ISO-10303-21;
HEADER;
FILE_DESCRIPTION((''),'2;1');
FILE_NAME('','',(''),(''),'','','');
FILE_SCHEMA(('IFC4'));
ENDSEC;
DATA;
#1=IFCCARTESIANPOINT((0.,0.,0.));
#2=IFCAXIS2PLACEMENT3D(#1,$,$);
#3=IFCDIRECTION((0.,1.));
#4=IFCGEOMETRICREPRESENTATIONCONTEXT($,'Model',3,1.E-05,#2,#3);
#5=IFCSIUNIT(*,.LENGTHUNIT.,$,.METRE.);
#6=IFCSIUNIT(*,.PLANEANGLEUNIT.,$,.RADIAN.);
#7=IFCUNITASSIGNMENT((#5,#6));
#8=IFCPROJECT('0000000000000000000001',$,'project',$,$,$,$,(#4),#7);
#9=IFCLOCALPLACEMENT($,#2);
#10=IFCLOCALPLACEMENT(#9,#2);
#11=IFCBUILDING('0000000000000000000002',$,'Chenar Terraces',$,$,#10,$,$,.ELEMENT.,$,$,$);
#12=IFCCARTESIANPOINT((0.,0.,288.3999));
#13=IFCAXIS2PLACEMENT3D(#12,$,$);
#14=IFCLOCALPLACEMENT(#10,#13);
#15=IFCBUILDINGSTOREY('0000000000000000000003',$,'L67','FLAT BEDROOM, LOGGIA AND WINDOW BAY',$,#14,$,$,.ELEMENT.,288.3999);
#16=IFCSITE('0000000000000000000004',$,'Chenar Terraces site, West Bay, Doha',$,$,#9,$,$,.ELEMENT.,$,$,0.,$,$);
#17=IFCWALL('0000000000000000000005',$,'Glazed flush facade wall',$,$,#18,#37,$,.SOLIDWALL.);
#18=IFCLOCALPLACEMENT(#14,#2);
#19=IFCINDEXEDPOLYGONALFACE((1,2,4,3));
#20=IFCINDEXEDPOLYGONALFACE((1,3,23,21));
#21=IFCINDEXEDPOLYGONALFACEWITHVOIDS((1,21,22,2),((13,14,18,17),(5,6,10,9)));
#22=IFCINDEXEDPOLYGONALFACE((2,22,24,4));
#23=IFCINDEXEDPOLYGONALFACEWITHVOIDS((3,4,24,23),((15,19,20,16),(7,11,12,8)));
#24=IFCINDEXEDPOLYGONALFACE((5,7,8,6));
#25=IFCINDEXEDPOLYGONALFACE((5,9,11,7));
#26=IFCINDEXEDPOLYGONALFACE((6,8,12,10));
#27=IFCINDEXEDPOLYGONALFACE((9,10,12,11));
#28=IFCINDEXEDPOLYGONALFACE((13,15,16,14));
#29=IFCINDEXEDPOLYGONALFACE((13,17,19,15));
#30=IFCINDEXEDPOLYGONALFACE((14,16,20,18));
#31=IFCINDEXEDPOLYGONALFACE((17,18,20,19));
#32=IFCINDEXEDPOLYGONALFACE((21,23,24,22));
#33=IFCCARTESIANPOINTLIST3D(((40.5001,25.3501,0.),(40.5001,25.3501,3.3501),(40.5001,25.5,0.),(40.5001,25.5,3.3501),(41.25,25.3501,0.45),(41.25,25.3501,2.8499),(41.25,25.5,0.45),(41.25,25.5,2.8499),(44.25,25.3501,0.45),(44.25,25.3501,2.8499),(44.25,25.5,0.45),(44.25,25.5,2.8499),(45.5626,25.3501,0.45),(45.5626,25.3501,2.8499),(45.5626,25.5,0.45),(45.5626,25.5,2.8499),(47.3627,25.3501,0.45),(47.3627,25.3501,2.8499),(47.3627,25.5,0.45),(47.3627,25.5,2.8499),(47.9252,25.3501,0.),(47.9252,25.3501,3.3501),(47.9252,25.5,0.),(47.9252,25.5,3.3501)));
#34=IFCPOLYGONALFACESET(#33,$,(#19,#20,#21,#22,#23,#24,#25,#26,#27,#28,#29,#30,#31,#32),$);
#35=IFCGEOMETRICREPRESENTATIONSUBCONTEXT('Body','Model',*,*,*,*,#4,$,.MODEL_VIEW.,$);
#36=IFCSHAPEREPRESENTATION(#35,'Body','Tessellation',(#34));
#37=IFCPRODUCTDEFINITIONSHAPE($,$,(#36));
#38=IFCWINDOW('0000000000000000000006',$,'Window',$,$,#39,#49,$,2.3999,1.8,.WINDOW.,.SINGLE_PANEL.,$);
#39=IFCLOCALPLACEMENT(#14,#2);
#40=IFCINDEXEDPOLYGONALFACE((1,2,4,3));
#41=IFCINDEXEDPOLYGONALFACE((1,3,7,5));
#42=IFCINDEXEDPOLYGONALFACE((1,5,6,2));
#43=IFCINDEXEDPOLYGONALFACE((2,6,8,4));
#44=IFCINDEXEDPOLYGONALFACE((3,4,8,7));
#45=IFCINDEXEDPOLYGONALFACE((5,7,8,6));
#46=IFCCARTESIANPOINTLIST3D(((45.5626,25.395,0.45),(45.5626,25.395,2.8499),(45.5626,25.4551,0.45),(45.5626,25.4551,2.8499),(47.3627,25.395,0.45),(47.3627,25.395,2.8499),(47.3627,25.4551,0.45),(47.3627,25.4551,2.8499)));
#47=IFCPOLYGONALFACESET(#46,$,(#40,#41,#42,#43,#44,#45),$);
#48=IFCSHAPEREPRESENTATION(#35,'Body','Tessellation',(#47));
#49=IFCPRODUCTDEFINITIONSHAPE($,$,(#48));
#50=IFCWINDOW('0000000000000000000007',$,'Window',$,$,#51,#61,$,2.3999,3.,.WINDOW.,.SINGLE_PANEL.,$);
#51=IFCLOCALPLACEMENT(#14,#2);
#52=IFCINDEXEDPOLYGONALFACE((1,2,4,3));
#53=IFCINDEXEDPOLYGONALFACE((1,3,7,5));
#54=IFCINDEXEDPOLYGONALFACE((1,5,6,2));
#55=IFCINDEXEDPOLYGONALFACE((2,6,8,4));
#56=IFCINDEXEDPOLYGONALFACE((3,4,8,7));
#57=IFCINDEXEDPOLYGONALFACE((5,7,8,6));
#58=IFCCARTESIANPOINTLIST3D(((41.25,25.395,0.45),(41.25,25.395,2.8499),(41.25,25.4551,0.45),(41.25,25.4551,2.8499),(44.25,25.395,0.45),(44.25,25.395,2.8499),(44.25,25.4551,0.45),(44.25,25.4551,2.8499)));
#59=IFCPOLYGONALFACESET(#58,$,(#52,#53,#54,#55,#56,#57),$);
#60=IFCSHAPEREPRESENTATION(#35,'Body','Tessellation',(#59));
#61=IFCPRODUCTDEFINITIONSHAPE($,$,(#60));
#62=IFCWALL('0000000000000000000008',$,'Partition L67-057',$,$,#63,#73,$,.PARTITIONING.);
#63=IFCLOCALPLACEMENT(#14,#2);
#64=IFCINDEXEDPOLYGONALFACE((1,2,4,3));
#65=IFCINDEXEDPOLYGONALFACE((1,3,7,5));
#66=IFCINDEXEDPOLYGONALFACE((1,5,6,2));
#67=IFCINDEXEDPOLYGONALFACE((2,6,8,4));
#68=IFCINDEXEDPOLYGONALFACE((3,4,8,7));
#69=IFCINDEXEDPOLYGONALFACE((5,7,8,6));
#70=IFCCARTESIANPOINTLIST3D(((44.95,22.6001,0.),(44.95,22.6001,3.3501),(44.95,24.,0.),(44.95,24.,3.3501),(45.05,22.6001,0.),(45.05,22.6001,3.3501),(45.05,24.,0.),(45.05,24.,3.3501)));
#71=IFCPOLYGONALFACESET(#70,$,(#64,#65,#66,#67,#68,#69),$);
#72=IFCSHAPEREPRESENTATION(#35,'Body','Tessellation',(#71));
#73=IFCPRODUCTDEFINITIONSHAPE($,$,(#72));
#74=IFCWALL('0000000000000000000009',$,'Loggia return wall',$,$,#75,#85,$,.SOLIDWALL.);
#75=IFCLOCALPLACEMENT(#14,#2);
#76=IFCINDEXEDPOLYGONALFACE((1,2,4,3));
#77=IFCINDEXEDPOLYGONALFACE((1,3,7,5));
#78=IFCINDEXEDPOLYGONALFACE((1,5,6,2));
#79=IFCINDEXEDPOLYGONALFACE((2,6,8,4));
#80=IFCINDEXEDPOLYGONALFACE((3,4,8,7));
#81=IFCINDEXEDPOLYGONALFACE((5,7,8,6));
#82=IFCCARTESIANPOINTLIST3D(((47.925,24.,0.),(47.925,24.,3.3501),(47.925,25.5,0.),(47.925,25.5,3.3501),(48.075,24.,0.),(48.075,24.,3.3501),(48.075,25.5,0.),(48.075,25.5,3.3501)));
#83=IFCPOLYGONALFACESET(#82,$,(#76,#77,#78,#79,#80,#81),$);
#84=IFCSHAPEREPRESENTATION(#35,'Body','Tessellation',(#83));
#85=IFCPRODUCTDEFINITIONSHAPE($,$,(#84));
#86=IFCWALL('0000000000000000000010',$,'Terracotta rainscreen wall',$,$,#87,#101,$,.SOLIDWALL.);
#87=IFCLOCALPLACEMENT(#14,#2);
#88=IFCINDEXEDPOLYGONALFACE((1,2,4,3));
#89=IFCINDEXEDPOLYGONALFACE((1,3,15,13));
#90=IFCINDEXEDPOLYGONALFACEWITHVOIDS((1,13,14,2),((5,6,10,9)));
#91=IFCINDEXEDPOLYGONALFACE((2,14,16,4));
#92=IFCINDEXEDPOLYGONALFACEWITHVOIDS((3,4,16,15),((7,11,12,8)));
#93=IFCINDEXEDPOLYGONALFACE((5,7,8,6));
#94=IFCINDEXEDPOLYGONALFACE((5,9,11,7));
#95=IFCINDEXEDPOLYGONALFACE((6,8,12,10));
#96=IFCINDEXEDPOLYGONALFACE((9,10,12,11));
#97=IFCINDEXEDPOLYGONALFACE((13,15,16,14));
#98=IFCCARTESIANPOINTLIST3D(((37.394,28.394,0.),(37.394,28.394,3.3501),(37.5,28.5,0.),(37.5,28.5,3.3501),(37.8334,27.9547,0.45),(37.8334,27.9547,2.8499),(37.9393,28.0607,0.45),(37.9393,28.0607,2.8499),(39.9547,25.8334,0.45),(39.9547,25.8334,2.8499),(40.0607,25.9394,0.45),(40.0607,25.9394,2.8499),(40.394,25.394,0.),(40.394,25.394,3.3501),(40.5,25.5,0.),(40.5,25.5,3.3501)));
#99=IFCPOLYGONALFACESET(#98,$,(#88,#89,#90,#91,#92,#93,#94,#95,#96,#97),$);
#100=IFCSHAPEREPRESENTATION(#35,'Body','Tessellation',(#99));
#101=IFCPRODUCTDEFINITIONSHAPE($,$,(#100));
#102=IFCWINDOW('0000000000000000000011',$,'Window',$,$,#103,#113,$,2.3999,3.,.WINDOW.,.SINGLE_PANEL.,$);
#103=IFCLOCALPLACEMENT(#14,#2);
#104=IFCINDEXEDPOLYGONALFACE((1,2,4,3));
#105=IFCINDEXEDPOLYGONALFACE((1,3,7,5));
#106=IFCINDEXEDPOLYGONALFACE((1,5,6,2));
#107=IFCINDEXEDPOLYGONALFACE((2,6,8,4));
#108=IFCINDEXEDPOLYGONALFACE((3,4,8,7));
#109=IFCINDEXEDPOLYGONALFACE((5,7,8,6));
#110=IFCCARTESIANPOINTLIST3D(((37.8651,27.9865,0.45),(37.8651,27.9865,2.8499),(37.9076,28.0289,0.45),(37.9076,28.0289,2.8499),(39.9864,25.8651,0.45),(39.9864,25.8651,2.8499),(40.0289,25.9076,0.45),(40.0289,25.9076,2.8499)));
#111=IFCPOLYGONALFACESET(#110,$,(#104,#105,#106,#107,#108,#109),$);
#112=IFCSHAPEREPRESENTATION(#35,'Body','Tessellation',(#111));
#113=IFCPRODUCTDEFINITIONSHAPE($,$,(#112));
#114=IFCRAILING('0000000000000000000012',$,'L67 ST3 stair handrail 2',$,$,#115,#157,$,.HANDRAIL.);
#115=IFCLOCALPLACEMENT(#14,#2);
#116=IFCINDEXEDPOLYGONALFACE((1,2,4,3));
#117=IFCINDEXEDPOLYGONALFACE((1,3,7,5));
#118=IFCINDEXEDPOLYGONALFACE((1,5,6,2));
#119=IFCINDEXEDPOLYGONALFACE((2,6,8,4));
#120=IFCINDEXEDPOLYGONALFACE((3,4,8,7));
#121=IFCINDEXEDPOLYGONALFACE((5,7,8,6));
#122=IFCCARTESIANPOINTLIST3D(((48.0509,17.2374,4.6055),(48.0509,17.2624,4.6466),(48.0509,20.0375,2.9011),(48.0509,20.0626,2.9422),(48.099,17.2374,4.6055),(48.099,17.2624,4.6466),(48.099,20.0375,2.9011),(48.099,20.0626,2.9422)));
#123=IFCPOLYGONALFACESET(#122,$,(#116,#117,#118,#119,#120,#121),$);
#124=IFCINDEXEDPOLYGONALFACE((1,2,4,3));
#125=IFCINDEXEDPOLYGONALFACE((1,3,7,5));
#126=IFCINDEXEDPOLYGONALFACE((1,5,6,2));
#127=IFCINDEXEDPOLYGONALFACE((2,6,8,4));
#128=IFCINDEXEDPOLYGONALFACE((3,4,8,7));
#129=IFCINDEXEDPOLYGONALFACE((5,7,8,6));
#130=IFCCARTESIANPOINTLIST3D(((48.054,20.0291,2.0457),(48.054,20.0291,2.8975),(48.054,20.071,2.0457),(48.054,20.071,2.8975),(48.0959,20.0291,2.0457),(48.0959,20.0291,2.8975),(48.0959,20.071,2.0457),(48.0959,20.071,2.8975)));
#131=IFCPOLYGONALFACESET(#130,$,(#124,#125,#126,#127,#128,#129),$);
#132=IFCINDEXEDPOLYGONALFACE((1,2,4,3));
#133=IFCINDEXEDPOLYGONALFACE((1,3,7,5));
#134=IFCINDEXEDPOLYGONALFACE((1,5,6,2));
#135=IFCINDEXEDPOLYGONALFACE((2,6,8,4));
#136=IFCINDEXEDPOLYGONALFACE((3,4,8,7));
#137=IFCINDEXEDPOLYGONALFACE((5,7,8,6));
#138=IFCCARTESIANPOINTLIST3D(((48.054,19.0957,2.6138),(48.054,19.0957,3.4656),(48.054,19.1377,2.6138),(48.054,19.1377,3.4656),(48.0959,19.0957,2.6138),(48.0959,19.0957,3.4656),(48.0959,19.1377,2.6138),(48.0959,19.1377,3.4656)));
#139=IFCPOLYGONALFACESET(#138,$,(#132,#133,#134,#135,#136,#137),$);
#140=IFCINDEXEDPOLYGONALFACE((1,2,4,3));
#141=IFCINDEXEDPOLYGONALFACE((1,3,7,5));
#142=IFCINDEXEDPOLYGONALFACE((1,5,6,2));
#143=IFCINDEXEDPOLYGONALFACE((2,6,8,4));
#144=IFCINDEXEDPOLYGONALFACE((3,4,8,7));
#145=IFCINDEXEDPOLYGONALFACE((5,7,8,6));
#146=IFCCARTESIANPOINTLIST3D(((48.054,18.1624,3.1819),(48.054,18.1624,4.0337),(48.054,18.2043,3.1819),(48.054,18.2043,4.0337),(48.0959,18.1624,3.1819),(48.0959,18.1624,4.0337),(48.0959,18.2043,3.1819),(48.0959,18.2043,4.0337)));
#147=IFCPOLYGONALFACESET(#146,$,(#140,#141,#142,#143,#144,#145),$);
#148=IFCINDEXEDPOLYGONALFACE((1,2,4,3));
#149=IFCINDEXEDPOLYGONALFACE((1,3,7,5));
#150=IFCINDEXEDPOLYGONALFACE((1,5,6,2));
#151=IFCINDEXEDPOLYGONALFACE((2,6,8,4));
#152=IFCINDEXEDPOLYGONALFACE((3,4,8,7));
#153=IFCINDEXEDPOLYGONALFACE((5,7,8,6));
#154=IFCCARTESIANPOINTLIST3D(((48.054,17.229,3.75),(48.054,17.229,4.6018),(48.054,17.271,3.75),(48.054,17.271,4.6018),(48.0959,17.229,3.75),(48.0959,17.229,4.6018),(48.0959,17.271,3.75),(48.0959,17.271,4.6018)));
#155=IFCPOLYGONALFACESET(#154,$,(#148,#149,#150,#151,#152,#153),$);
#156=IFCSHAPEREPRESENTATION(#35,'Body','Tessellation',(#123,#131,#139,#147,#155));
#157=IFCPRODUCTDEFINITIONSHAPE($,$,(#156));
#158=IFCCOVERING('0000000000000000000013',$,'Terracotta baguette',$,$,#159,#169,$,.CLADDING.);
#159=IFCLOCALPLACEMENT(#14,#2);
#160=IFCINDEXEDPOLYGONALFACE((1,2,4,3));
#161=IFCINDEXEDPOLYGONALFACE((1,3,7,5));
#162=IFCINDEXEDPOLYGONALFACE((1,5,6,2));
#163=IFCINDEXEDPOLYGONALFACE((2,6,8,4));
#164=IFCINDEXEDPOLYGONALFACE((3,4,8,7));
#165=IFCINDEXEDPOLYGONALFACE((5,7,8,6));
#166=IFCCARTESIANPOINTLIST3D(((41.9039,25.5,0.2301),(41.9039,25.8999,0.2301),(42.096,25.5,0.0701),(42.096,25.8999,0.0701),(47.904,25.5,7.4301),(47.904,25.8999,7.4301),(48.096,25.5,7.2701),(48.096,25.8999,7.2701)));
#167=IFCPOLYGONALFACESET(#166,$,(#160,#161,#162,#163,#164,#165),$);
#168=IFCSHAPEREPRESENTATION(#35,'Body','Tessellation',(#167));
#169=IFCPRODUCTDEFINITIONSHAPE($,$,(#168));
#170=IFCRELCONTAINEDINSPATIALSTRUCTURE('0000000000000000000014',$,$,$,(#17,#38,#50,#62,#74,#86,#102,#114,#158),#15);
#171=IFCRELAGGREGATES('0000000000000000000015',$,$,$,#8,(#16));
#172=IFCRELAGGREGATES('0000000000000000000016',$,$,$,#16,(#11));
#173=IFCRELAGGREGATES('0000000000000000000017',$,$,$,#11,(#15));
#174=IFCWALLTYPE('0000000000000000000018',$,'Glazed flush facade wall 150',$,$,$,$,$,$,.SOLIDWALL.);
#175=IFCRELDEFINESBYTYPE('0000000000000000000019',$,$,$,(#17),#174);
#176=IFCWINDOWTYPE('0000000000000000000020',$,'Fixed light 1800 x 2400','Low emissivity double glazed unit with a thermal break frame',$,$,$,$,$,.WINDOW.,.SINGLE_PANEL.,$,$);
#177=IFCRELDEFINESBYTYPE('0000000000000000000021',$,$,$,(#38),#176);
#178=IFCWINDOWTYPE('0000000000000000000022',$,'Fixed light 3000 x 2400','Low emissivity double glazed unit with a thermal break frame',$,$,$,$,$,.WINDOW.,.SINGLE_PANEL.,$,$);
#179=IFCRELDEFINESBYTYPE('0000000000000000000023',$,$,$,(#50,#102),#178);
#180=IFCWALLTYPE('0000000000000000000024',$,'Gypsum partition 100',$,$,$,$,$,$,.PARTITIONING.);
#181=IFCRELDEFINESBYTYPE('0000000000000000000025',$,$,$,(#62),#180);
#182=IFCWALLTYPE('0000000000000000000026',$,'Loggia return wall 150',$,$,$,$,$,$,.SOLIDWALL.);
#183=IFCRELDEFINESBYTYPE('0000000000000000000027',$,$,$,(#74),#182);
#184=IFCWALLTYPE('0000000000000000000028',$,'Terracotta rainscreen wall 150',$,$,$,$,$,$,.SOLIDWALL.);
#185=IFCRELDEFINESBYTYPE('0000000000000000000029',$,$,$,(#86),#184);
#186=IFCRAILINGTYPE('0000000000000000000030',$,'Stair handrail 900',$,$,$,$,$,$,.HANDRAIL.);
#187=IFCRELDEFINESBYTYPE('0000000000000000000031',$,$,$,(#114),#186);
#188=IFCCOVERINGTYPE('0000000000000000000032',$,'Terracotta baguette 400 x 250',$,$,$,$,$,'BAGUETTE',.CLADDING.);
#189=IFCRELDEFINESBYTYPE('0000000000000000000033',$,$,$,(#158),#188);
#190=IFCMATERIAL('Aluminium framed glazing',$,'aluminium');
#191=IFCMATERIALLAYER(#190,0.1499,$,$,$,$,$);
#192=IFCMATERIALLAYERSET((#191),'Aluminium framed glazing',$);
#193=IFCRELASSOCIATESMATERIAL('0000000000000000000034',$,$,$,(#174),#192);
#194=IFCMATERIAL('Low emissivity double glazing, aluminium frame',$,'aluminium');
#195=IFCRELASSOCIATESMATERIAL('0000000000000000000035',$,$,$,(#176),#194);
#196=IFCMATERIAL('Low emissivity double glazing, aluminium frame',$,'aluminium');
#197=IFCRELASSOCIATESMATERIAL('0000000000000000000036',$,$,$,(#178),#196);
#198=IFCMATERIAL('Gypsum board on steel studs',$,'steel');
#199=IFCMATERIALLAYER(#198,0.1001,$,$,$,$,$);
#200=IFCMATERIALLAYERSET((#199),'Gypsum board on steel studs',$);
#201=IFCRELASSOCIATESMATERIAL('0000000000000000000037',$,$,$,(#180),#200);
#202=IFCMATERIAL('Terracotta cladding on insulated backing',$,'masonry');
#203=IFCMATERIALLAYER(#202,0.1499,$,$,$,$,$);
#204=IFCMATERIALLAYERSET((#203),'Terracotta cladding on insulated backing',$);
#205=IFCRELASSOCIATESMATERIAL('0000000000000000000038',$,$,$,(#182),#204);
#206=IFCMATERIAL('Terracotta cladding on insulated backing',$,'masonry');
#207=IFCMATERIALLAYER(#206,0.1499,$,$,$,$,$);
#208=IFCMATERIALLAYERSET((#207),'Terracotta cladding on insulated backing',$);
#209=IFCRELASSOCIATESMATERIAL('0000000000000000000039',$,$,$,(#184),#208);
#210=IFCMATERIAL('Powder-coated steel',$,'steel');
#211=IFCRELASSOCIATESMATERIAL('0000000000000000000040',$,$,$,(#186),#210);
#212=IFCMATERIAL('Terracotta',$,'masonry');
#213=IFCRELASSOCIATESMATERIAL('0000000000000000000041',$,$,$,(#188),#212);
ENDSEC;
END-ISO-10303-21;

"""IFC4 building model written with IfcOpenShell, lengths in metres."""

from ifc_helpers import new_model, si_unit, direction, frame, frame_2d, origin, origin_2d, place, context, subcontext, project, spatial, rectangle, extrude, material, layer, layer_set, material_profile, profile_set, type_object, element, fill, save


model = new_model("IFC4")

# Units and contexts
model_context = context("Model", 3, precision=1e-05, world=origin(), true_north=direction((0.0, 1.0)))
body_context = subcontext(model_context, "Body", "Model", "MODEL_VIEW")
ifc_project = project(units=[si_unit("LENGTHUNIT", "METRE"), si_unit("PLANEANGLEUNIT", "RADIAN")], contexts=[model_context])

# Site, building, storey
site_placement = place(None, origin())
site = spatial("IfcSite", under=ifc_project, at=site_placement, Name="Chenar Terraces site, West Bay, Doha", CompositionType="ELEMENT", RefElevation=0.0)
building_placement = place(site_placement, origin())
building = spatial("IfcBuilding", under=site, at=building_placement, Name="Chenar Terraces", CompositionType="ELEMENT")
storey_placement = place(building_placement, frame((0.0, 0.0, 288.3999)))
storey = spatial("IfcBuildingStorey", under=building, at=storey_placement, Name="L67", Description="FLAT BEDROOM, LOGGIA AND WINDOW BAY", CompositionType="ELEMENT", Elevation=288.3999)

# Wall, openings, windows
ifc_material_1 = material(Name="Aluminium framed glazing", Category="aluminium")
ifc_layer_1 = layer(ifc_material_1, 0.1499)
ifc_layer_set_1 = layer_set([ifc_layer_1], Name="Aluminium framed glazing")
wall_type_1 = type_object("IfcWallType", Name="Glazed flush facade wall 150", PredefinedType="SOLIDWALL", material=ifc_layer_set_1)
wall_1_placement = place(storey_placement, frame((47.925, 25.425, 0.0), z_axis=(0.0, 0.0, 1.0), x_axis=(-1.0, 0.0, 0.0)))
wall_1 = element("IfcWall", 1, at=wall_1_placement, inside=storey, type_object=wall_type_1, Name="Glazed flush facade wall", PredefinedType="SOLIDWALL", context=body_context, shape_type="SweptSolid", body=[
    extrude(rectangle(XDim=7.425, YDim=0.1499, at=frame_2d((3.7124, 0.0))), origin(), (0.0, 0.0, 1.0), 3.3501),
])
opening_1_placement = place(wall_1_placement, frame((0.5625, 0.0, 0.45)))
opening_1 = element("IfcOpeningElement", 2, at=opening_1_placement, cuts=wall_1, PredefinedType="OPENING", context=body_context, shape_type="SweptSolid", body=[
    extrude(rectangle(XDim=1.8, YDim=2.3999, at=frame_2d((0.8999, 1.2))), frame((0.0, 0.085, 0.0), z_axis=(0.0, -1.0, 0.0), x_axis=(1.0, 0.0, 0.0)), (0.0, 0.0, 1.0), 0.1699),
])
opening_2_placement = place(wall_1_placement, frame((3.675, 0.0, 0.45)))
opening_2 = element("IfcOpeningElement", 3, at=opening_2_placement, cuts=wall_1, PredefinedType="OPENING", context=body_context, shape_type="SweptSolid", body=[
    extrude(rectangle(XDim=3.0, YDim=2.3999, at=frame_2d((1.5, 1.2))), frame((0.0, 0.085, 0.0), z_axis=(0.0, -1.0, 0.0), x_axis=(1.0, 0.0, 0.0)), (0.0, 0.0, 1.0), 0.1699),
])
ifc_material_2 = material(Name="Low emissivity double glazing, aluminium frame", Category="aluminium")
window_type_1 = type_object("IfcWindowType", Name="Fixed light 1800 x 2400", Description="Low emissivity double glazed unit with a thermal break frame", PartitioningType="SINGLE_PANEL", PredefinedType="WINDOW", material=ifc_material_2)
window_1_placement = place(opening_1_placement, origin())
window_1 = element("IfcWindow", 4, at=window_1_placement, inside=storey, type_object=window_type_1, Name="Window", OverallHeight=2.3999, OverallWidth=1.8, PartitioningType="SINGLE_PANEL", PredefinedType="WINDOW", context=body_context, shape_type="SweptSolid", body=[
    extrude(rectangle(XDim=1.8, YDim=2.3999, at=frame_2d((0.8999, 1.2))), frame((0.0, 0.03, 0.0), z_axis=(0.0, -1.0, 0.0), x_axis=(1.0, 0.0, 0.0)), (0.0, 0.0, 1.0), 0.0601),
])
fill(opening_1, window_1)
ifc_material_3 = material(Name="Low emissivity double glazing, aluminium frame", Category="aluminium")
window_type_2 = type_object("IfcWindowType", Name="Fixed light 3000 x 2400", Description="Low emissivity double glazed unit with a thermal break frame", PartitioningType="SINGLE_PANEL", PredefinedType="WINDOW", material=ifc_material_3)
window_2_placement = place(opening_2_placement, origin())
window_2 = element("IfcWindow", 5, at=window_2_placement, inside=storey, type_object=window_type_2, Name="Window", OverallHeight=2.3999, OverallWidth=3.0, PartitioningType="SINGLE_PANEL", PredefinedType="WINDOW", context=body_context, shape_type="SweptSolid", body=[
    extrude(rectangle(XDim=3.0, YDim=2.3999, at=frame_2d((1.5, 1.2))), frame((0.0, 0.03, 0.0), z_axis=(0.0, -1.0, 0.0), x_axis=(1.0, 0.0, 0.0)), (0.0, 0.0, 1.0), 0.0601),
])
fill(opening_2, window_2)

# Walls
ifc_material_4 = material(Name="Gypsum board on steel studs", Category="steel")
ifc_layer_2 = layer(ifc_material_4, 0.1001)
ifc_layer_set_2 = layer_set([ifc_layer_2], Name="Gypsum board on steel studs")
wall_type_2 = type_object("IfcWallType", Name="Gypsum partition 100", PredefinedType="PARTITIONING", material=ifc_layer_set_2)
wall_2_placement = place(storey_placement, frame((45.0, 22.6001, 0.0), z_axis=(0.0, 0.0, 1.0), x_axis=(0.0, 1.0, 0.0)))
element("IfcWall", 6, at=wall_2_placement, inside=storey, type_object=wall_type_2, Name="Partition L67-057", PredefinedType="PARTITIONING", context=body_context, shape_type="SweptSolid", body=[
    extrude(rectangle(XDim=1.3999, YDim=0.1001, at=frame_2d((0.7, 0.0))), origin(), (0.0, 0.0, 1.0), 3.3501),
])
ifc_material_5 = material(Name="Terracotta cladding on insulated backing", Category="masonry")
ifc_layer_3 = layer(ifc_material_5, 0.1499)
ifc_layer_set_3 = layer_set([ifc_layer_3], Name="Terracotta cladding on insulated backing")
wall_type_3 = type_object("IfcWallType", Name="Loggia return wall 150", PredefinedType="SOLIDWALL", material=ifc_layer_set_3)
wall_3_placement = place(storey_placement, frame((48.0, 25.5, 0.0), z_axis=(0.0, 0.0, 1.0), x_axis=(0.0, -1.0, 0.0)))
element("IfcWall", 7, at=wall_3_placement, inside=storey, type_object=wall_type_3, Name="Loggia return wall", PredefinedType="SOLIDWALL", context=body_context, shape_type="SweptSolid", body=[
    extrude(rectangle(XDim=1.5, YDim=0.1499, at=frame_2d((0.75, 0.0))), origin(), (0.0, 0.0, 1.0), 3.3501),
])

# Wall, opening, window
ifc_material_6 = material(Name="Terracotta cladding on insulated backing", Category="masonry")
ifc_layer_4 = layer(ifc_material_6, 0.1499)
ifc_layer_set_4 = layer_set([ifc_layer_4], Name="Terracotta cladding on insulated backing")
wall_type_4 = type_object("IfcWallType", Name="Terracotta rainscreen wall 150", PredefinedType="SOLIDWALL", material=ifc_layer_set_4)
wall_4_placement = place(storey_placement, frame((40.447, 25.447, 0.0), z_axis=(0.0, 0.0, 1.0), x_axis=(-0.707107, 0.707107, 0.0)))
wall_4 = element("IfcWall", 8, at=wall_4_placement, inside=storey, type_object=wall_type_4, Name="Terracotta rainscreen wall", PredefinedType="SOLIDWALL", context=body_context, shape_type="SweptSolid", body=[
    extrude(rectangle(XDim=4.2427, YDim=0.1499, at=frame_2d((2.1213, 0.0))), origin(), (0.0, 0.0, 1.0), 3.3501),
])
opening_3_placement = place(wall_4_placement, frame((0.6213, 0.0, 0.45)))
opening_3 = element("IfcOpeningElement", 9, at=opening_3_placement, cuts=wall_4, PredefinedType="OPENING", context=body_context, shape_type="SweptSolid", body=[
    extrude(rectangle(XDim=3.0, YDim=2.3999, at=frame_2d((1.5, 1.2))), frame((0.0, 0.085, 0.0), z_axis=(0.0, -1.0, 0.0), x_axis=(1.0, 0.0, 0.0)), (0.0, 0.0, 1.0), 0.1699),
])
window_3_placement = place(opening_3_placement, origin())
window_3 = element("IfcWindow", 10, at=window_3_placement, inside=storey, type_object=window_type_2, Name="Window", OverallHeight=2.3999, OverallWidth=3.0, PartitioningType="SINGLE_PANEL", PredefinedType="WINDOW", context=body_context, shape_type="SweptSolid", body=[
    extrude(rectangle(XDim=3.0, YDim=2.3999, at=frame_2d((1.5, 1.2))), frame((0.0, 0.03, 0.0), z_axis=(0.0, -1.0, 0.0), x_axis=(1.0, 0.0, 0.0)), (0.0, 0.0, 1.0), 0.0601),
])
fill(opening_3, window_3)

# Railing
ifc_material_7 = material(Name="Powder-coated steel", Category="steel")
railing_type = type_object("IfcRailingType", Name="Stair handrail 900", PredefinedType="HANDRAIL", material=ifc_material_7)
railing_placement = place(storey_placement, frame((48.075, 20.05, 2.0457)))
element("IfcRailing", 11, at=railing_placement, inside=storey, type_object=railing_type, Name="L67 ST3 stair handrail 2", PredefinedType="HANDRAIL", context=body_context, shape_type="SweptSolid", body=[
    extrude(rectangle(XDim=0.0481, YDim=0.0481, at=origin_2d()), frame((0.0, 0.0, 0.876), z_axis=(0.0, -0.854203, 0.51994), x_axis=(1.0, 0.0, 0.0)), (0.0, 0.0, 1.0), 3.2781),
    extrude(rectangle(XDim=0.042, YDim=0.042, at=origin_2d()), origin(), (0.0, 0.0, 1.0), 0.8518),
    extrude(rectangle(XDim=0.042, YDim=0.042, at=origin_2d()), frame((0.0, -0.9333, 0.5681)), (0.0, 0.0, 1.0), 0.8518),
    extrude(rectangle(XDim=0.042, YDim=0.042, at=origin_2d()), frame((0.0, -1.8667, 1.1362)), (0.0, 0.0, 1.0), 0.8518),
    extrude(rectangle(XDim=0.042, YDim=0.042, at=origin_2d()), frame((0.0, -2.8, 1.7043)), (0.0, 0.0, 1.0), 0.8518),
])

# Covering
ifc_material_8 = material(Name="Terracotta", Category="masonry")
ifc_material_profile_1 = material_profile(ifc_material_8, rectangle(XDim=0.3999, YDim=0.25, at=origin_2d()), Name="Terracotta baguette 400 x 250")
ifc_profile_set_1 = profile_set([ifc_material_profile_1], Name="Terracotta")
covering_type = type_object("IfcCoveringType", Name="Terracotta baguette 400 x 250", ElementType="BAGUETTE", PredefinedType="CLADDING", material=ifc_profile_set_1)
covering_1_placement = place(storey_placement, frame((48.0, 25.7, 7.3501), z_axis=(-0.640187, 0.0, -0.768219), x_axis=(0.0, -1.0, 0.0)))
element("IfcCovering", 12, at=covering_1_placement, inside=storey, type_object=covering_type, Name="Terracotta baguette", PredefinedType="CLADDING", context=body_context, shape_type="SweptSolid", body=[
    extrude(rectangle(XDim=0.3999, YDim=0.25, at=origin_2d()), origin(), (0.0, 0.0, 1.0), 9.3723),
])

save(model, "model.ifc")
